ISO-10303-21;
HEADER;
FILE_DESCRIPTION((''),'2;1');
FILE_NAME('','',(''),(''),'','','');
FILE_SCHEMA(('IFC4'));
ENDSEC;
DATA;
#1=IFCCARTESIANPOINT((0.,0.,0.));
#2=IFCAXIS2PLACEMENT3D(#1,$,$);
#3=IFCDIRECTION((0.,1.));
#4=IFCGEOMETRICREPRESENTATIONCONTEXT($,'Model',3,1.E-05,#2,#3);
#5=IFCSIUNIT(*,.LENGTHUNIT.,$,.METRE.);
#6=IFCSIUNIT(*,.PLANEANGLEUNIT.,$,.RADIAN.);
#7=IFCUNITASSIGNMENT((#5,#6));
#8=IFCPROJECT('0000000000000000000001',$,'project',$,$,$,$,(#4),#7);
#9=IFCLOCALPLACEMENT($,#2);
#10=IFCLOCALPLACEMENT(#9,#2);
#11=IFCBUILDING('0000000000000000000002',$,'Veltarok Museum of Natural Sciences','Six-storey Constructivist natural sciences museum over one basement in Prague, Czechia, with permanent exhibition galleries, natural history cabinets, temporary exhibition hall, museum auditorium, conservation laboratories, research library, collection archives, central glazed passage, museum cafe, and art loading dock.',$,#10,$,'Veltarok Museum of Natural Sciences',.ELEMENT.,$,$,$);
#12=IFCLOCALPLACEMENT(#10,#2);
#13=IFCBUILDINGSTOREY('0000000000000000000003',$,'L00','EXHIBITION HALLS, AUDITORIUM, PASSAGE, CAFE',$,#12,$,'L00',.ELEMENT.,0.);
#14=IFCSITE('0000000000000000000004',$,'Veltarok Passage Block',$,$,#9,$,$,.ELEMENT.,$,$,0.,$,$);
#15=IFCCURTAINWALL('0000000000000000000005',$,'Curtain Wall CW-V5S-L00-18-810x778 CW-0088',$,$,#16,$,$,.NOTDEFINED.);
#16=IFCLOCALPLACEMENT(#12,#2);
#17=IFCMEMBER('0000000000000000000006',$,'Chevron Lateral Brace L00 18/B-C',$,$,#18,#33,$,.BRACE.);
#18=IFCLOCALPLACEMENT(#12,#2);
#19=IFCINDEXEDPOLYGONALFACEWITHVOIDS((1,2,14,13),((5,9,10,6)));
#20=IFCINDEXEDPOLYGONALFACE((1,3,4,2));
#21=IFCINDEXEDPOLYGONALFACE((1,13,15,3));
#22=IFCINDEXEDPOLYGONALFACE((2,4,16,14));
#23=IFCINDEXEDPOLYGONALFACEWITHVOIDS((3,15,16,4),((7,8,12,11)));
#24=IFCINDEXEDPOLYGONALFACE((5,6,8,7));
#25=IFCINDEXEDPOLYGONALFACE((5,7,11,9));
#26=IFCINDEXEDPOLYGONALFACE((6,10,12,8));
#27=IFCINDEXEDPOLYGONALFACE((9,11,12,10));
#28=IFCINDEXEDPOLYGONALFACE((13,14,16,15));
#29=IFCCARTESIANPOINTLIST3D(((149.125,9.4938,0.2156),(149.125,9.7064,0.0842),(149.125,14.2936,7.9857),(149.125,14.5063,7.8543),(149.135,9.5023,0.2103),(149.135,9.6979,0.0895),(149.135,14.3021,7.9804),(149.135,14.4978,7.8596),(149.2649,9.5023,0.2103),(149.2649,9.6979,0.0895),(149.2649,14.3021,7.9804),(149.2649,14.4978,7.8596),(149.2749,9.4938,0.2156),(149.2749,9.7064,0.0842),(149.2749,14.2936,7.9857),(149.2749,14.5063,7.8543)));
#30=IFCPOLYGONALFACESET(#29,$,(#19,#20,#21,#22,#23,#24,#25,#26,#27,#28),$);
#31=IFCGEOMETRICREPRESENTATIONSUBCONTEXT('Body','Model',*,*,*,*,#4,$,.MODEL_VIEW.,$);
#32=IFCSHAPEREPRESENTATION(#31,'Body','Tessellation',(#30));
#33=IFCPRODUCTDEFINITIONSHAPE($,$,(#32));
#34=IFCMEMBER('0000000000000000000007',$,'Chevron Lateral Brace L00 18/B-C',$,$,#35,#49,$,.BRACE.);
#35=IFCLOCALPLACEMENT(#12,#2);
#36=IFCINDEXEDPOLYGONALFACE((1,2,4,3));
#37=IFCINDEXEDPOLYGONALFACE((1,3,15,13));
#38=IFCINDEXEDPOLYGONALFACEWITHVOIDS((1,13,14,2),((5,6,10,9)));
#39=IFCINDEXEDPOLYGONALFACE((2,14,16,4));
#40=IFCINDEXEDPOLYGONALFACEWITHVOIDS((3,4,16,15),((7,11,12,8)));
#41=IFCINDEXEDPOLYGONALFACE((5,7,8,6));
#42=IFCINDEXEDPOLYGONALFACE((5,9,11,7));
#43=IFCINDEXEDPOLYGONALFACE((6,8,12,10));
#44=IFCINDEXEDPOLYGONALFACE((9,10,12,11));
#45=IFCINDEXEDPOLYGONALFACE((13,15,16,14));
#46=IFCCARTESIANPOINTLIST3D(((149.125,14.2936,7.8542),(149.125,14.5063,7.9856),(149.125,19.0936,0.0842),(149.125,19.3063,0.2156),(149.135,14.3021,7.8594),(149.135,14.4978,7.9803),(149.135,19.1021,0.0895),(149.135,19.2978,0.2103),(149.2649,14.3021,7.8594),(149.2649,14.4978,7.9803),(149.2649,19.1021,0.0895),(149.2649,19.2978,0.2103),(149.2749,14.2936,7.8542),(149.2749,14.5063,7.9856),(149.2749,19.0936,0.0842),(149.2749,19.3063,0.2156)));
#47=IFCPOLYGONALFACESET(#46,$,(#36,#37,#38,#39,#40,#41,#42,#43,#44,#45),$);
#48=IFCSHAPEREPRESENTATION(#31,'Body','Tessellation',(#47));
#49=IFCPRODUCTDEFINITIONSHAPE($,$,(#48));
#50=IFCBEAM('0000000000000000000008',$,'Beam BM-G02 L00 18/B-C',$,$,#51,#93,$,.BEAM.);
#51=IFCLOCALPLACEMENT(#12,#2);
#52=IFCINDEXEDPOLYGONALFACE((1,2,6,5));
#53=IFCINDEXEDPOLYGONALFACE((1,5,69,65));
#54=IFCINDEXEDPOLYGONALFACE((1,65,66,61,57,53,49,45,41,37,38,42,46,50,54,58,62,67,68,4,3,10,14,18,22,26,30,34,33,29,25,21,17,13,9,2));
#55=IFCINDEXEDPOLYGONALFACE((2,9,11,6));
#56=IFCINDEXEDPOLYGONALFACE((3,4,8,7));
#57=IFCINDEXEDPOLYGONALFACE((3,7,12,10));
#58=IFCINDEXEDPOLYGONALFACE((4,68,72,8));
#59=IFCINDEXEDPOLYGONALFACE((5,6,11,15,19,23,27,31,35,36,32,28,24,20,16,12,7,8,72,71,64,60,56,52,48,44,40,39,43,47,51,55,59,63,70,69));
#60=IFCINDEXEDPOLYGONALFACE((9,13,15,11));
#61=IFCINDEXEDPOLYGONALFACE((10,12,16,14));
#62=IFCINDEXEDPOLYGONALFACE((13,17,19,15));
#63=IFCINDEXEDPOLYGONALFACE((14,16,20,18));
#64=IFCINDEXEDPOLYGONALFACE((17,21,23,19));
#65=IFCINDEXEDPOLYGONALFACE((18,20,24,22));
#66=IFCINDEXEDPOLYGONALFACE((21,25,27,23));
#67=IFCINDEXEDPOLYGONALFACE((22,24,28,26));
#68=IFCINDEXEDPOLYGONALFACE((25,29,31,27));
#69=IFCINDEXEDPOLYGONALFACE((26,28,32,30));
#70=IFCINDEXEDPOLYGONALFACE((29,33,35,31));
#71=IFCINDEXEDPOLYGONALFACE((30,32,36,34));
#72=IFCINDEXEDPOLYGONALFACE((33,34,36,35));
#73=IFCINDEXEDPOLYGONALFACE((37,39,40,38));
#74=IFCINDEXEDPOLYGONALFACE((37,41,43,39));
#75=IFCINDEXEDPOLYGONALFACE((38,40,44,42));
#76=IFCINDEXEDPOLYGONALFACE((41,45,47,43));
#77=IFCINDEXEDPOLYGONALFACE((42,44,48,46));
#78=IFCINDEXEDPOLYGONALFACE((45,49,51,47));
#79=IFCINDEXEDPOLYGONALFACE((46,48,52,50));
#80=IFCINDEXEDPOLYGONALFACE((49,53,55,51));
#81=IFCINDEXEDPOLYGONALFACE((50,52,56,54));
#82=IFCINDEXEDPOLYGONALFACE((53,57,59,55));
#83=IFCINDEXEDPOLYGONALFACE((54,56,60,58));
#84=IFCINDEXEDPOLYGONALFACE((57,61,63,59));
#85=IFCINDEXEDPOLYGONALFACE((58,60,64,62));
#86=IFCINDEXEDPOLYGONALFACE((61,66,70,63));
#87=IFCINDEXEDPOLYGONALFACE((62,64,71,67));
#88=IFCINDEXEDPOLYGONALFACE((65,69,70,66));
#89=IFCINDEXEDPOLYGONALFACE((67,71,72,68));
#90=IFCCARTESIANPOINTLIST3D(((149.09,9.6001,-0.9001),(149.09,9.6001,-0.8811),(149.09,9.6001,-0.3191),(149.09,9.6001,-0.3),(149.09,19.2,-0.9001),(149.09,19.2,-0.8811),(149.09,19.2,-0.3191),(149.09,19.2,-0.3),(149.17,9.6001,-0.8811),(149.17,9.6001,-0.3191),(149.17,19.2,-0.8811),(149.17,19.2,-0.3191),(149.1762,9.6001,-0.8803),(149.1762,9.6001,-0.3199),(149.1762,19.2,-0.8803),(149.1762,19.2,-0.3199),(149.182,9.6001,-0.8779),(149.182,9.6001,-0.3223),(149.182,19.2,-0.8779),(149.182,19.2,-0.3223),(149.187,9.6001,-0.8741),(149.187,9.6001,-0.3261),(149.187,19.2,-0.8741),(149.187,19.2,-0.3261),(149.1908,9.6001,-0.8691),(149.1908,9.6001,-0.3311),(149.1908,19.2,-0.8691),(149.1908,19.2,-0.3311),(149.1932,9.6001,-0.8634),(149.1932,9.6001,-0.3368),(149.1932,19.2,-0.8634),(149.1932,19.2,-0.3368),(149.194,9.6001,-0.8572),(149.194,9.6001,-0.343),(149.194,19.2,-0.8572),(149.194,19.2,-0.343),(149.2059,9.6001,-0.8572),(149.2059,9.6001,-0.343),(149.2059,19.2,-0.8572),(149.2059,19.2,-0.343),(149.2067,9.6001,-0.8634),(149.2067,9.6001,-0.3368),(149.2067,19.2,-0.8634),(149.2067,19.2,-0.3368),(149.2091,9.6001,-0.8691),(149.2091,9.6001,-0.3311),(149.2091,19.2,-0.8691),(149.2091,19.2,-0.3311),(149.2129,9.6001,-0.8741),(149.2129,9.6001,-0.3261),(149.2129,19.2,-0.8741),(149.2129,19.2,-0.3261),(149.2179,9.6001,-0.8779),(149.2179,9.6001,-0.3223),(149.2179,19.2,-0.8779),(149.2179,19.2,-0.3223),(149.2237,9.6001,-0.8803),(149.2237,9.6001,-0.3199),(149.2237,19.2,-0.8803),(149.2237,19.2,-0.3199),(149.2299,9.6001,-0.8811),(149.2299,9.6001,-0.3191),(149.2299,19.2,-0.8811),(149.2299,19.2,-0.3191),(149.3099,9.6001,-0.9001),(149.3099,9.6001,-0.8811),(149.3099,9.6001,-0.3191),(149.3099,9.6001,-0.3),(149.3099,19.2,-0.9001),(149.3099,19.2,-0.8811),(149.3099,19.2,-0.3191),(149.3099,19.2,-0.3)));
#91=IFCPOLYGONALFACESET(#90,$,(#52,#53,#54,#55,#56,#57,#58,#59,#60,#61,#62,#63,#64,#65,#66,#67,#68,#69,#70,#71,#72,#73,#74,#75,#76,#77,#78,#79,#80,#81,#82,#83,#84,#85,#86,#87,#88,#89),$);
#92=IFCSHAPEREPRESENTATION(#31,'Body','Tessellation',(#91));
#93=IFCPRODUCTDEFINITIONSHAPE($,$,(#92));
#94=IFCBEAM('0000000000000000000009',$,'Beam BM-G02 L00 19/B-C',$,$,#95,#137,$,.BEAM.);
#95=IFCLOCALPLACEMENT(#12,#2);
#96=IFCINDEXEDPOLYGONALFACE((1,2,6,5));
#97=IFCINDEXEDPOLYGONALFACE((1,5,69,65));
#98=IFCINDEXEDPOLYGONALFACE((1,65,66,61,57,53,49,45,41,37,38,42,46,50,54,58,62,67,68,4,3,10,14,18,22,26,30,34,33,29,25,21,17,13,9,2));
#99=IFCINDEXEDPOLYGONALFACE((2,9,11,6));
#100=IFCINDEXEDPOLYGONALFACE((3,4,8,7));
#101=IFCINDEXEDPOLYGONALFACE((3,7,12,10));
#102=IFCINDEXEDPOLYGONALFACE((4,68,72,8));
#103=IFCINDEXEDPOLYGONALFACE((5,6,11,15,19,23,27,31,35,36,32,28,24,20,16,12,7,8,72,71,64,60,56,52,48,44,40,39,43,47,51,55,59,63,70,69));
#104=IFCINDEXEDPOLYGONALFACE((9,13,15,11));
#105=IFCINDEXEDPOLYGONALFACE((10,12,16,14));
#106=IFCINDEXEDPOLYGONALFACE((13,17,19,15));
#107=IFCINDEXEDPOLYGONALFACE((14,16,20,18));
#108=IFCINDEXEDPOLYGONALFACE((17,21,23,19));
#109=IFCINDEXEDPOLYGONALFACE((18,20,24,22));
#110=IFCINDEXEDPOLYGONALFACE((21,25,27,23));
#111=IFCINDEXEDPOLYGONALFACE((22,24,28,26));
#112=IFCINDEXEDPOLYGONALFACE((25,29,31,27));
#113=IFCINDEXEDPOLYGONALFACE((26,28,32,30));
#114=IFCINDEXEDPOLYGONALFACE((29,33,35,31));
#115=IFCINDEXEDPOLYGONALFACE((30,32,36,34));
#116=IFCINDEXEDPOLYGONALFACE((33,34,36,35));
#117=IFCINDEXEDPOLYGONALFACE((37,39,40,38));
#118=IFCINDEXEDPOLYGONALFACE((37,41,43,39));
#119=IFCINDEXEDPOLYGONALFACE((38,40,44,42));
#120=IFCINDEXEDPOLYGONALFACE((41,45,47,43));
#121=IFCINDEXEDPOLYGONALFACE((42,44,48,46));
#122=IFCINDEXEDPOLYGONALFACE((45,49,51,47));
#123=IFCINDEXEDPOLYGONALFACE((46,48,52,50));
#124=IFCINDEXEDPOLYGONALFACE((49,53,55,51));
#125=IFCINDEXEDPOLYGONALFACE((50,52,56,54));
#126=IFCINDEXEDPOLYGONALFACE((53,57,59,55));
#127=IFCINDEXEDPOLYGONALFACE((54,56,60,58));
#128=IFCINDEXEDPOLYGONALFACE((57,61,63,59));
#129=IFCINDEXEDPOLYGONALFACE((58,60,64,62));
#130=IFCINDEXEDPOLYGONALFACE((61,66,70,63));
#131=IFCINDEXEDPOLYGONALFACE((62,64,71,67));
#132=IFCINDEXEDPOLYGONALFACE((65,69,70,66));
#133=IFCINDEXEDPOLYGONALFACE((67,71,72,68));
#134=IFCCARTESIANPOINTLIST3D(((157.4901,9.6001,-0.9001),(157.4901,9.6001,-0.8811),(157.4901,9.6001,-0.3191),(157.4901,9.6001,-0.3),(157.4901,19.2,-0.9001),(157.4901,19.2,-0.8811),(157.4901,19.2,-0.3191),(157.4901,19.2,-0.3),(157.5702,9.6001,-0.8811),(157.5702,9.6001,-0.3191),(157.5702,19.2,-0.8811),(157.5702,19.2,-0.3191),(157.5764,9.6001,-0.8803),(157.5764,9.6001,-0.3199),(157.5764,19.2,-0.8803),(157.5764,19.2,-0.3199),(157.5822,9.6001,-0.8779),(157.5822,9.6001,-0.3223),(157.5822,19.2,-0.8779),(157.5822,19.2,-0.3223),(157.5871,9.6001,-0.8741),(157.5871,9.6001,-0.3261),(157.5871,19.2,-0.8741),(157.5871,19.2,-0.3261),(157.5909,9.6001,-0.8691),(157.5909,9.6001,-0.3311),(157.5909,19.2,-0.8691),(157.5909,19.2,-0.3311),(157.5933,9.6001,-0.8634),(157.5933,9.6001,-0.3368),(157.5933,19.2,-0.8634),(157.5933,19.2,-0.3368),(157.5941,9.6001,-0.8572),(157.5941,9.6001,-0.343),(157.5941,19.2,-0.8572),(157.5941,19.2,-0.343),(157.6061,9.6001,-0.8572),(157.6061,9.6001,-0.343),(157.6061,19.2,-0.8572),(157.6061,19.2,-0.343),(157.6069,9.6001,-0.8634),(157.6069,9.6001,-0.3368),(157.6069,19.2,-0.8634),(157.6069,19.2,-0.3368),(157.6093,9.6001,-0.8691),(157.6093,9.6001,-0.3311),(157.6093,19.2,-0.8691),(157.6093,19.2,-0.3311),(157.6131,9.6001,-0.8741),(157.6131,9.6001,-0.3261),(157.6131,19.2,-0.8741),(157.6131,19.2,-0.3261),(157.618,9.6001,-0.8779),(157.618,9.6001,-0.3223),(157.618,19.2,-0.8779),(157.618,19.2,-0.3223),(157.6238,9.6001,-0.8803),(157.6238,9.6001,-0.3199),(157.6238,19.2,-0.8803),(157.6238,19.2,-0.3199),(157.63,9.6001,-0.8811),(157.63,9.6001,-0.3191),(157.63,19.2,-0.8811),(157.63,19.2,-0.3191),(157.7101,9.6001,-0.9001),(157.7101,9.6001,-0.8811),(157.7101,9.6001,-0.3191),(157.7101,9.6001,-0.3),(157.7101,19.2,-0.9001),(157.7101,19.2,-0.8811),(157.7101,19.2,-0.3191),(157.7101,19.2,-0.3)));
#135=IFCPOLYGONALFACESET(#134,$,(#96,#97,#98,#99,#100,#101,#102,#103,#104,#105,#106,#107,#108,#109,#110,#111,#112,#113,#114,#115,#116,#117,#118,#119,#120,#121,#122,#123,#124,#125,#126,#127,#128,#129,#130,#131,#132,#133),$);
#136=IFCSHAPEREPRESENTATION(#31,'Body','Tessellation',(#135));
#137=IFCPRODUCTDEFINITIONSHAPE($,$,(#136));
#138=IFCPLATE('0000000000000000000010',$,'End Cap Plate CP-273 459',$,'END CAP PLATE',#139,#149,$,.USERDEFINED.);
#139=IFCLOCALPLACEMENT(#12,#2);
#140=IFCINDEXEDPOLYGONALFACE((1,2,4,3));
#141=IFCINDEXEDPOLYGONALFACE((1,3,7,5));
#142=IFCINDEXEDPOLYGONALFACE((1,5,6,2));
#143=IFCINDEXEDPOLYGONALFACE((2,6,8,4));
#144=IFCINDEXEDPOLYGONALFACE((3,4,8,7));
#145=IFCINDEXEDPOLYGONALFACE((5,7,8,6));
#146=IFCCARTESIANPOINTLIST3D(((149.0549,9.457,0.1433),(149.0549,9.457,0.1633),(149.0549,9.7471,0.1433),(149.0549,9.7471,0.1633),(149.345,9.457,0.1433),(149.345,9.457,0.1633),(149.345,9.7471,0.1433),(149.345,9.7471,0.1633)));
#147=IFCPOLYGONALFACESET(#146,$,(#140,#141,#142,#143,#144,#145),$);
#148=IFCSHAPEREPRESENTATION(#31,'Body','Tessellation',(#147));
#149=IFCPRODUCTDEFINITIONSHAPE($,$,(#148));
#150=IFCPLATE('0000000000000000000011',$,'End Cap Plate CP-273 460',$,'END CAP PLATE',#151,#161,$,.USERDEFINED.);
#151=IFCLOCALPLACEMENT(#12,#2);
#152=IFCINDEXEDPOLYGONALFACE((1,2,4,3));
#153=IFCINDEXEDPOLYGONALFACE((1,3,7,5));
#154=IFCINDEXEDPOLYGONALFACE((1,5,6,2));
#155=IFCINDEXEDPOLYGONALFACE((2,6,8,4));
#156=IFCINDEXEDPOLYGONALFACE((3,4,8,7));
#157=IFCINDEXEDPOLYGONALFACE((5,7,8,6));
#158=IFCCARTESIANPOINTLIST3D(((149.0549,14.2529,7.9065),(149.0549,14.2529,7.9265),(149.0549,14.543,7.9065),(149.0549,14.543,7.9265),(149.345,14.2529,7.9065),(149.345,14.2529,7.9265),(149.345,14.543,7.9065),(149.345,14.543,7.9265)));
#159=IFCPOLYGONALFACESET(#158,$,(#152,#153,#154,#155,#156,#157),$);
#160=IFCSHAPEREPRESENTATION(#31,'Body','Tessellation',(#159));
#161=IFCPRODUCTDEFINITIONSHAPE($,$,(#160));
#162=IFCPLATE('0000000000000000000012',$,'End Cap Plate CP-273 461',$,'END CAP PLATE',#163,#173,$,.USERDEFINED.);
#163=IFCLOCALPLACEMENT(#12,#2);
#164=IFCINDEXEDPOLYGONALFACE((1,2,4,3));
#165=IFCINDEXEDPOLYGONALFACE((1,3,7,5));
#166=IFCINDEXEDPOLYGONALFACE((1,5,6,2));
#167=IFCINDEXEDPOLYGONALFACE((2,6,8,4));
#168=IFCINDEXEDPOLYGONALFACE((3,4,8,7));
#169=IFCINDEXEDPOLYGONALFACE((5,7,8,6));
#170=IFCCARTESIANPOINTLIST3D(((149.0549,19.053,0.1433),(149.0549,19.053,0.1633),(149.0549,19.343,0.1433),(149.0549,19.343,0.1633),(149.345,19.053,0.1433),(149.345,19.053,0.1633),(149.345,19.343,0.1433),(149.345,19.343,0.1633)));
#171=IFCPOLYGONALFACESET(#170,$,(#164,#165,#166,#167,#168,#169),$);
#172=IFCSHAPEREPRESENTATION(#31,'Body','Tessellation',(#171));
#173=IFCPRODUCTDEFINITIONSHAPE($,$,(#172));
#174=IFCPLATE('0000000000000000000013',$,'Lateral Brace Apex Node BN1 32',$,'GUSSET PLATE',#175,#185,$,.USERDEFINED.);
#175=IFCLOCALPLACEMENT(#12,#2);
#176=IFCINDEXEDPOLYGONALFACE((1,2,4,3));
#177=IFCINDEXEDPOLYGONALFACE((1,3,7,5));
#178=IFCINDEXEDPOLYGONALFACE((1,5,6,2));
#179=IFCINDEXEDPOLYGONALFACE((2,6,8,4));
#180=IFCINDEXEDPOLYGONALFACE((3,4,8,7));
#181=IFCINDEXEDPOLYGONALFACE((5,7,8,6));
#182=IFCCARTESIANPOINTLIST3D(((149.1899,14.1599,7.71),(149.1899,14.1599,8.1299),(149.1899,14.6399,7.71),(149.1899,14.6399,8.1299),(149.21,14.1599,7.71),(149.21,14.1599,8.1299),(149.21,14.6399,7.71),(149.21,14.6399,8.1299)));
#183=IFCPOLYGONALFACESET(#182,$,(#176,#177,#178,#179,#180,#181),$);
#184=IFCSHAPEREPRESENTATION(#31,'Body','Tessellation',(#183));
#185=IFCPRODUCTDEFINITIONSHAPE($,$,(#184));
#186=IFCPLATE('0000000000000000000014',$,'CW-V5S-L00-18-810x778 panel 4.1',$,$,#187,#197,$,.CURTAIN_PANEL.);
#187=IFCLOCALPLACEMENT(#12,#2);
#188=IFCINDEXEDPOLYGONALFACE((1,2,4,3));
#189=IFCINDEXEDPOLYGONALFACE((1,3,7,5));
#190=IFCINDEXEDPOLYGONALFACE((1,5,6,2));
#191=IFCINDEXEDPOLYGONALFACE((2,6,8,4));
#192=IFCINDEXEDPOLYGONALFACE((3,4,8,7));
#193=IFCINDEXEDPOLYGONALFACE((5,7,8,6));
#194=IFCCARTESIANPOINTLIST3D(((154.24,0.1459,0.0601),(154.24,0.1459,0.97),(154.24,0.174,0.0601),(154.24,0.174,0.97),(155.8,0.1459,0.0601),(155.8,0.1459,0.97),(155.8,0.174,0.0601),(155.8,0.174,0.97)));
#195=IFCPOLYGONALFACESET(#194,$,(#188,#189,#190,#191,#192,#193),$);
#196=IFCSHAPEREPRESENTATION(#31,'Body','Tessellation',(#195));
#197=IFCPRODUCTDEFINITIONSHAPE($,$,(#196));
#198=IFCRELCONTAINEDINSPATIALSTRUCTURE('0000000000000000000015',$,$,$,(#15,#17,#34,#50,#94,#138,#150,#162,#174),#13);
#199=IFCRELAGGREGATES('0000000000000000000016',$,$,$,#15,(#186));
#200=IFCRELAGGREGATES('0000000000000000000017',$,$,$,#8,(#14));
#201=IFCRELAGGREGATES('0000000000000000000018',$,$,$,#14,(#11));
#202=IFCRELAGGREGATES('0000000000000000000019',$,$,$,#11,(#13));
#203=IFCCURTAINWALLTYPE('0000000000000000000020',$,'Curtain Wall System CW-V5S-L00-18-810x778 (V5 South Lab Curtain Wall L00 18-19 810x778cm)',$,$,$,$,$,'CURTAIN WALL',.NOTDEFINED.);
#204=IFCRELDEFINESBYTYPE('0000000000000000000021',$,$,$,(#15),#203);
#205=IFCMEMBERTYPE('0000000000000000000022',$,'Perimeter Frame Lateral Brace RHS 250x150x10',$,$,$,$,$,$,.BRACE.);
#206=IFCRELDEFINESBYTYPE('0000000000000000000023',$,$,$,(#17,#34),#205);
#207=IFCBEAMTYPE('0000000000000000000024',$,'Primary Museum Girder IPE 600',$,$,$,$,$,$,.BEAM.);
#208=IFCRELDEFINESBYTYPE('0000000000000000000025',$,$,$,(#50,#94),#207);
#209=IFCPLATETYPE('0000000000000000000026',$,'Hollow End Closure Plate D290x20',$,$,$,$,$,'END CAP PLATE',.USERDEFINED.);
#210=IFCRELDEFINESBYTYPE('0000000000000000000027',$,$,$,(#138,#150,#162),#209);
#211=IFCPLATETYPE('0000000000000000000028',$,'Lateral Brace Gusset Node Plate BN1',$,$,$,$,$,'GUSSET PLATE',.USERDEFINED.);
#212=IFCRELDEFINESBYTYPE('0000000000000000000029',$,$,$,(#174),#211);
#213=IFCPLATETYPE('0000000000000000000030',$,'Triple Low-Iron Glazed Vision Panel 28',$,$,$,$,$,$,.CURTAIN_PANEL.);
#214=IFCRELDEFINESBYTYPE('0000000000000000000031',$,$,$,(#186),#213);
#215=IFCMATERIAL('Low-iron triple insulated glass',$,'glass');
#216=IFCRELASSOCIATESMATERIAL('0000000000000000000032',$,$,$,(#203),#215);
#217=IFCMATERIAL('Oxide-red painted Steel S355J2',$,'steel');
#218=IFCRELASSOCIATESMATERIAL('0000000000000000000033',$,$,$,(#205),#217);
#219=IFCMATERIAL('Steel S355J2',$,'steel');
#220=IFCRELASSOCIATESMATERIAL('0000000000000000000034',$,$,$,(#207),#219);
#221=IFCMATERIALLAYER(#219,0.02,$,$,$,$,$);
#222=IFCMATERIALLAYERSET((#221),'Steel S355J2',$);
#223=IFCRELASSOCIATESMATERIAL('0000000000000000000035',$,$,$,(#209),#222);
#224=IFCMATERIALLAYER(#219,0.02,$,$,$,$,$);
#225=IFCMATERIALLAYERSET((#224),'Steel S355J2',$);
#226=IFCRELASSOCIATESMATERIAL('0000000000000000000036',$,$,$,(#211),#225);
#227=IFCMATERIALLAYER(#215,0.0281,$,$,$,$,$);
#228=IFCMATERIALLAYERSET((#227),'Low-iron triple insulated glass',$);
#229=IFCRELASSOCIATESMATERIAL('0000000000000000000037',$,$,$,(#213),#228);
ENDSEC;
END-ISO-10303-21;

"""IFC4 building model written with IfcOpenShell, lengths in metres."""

from ifc_helpers import new_model, si_unit, direction, frame, origin, origin_2d, place, context, subcontext, project, spatial, rectangle, hollow_rectangle, i_section, extrude, material, layer, layer_set, material_profile, profile_set, type_object, element, aggregate, save


model = new_model("IFC4")

# Units and contexts
model_context = context("Model", 3, precision=1e-05, world=origin(), true_north=direction((0.0, 1.0)))
body_context = subcontext(model_context, "Body", "Model", "MODEL_VIEW")
ifc_project = project(units=[si_unit("LENGTHUNIT", "METRE"), si_unit("PLANEANGLEUNIT", "RADIAN")], contexts=[model_context])

# Site, building, storey
site_placement = place(None, origin())
site = spatial("IfcSite", under=ifc_project, at=site_placement, Name="Veltarok Passage Block", CompositionType="ELEMENT", RefElevation=0.0)
building_placement = place(site_placement, origin())
building = spatial("IfcBuilding", under=site, at=building_placement, Name="Veltarok Museum of Natural Sciences", Description="Six-storey Constructivist natural sciences museum over one basement in Prague, Czechia, with permanent exhibition galleries, natural history cabinets, temporary exhibition hall, museum auditorium, conservation laboratories, research library, collection archives, central glazed passage, museum cafe, and art loading dock.", LongName="Veltarok Museum of Natural Sciences", CompositionType="ELEMENT")
storey_placement = place(building_placement, origin())
storey = spatial("IfcBuildingStorey", under=building, at=storey_placement, Name="L00", Description="EXHIBITION HALLS, AUDITORIUM, PASSAGE, CAFE", LongName="L00", CompositionType="ELEMENT", Elevation=0.0)

# Shared definitions
ifc_material_1 = material(Name="Steel S355J2", Category="steel")

# Curtain wall
ifc_material_2 = material(Name="Low-iron triple insulated glass", Category="glass")
curtain_wall_type = type_object("IfcCurtainWallType", Name="Curtain Wall System CW-V5S-L00-18-810x778 (V5 South Lab Curtain Wall L00 18-19 810x778cm)", ElementType="CURTAIN WALL", PredefinedType="NOTDEFINED", material=ifc_material_2)
curtain_wall_placement = place(storey_placement, origin())
curtain_wall = element("IfcCurtainWall", 1, at=curtain_wall_placement, inside=storey, type_object=curtain_wall_type, Name="Curtain Wall CW-V5S-L00-18-810x778 CW-0088", PredefinedType="NOTDEFINED")

# Members
ifc_material_3 = material(Name="Oxide-red painted Steel S355J2", Category="steel")
ifc_material_profile_1 = material_profile(ifc_material_3, hollow_rectangle(XDim=0.1499, YDim=0.25, WallThickness=0.01, at=origin_2d()), Name="RHS 250x150x10")
ifc_profile_set_1 = profile_set([ifc_material_profile_1], Name="Oxide-red painted Steel S355J2")
member_type_1 = type_object("IfcMemberType", Name="Perimeter Frame Lateral Brace RHS 250x150x10", PredefinedType="BRACE", material=ifc_profile_set_1)
for number, where, z_axis, x_axis, name in (
    (2, (149.2, 9.6001, 0.1499), (0.0, 0.525546, 0.850765), (-1.0, 0.0, 0.0), "Chevron Lateral Brace L00 18/B-C"),
    (3, (149.2, 19.2, 0.1499), (0.0, -0.525566, 0.850753), (1.0, 0.0, 0.0), "Chevron Lateral Brace L00 18/B-C"),
):
    element("IfcMember", number, at=place(storey_placement, frame(where, z_axis=z_axis, x_axis=x_axis)), inside=storey, type_object=member_type_1, Name=name, PredefinedType="BRACE", context=body_context, shape_type="SweptSolid", body=[
        extrude(hollow_rectangle(XDim=0.1499, YDim=0.25, WallThickness=0.01, at=origin_2d()), origin(), (0.0, 0.0, 1.0), 9.1331),
    ])

# Beams
ifc_material_profile_2 = material_profile(ifc_material_1, i_section(OverallWidth=0.22, OverallDepth=0.6001, WebThickness=0.012, FlangeThickness=0.019, FilletRadius=0.0239, at=origin_2d()), Name="IPE 600")
ifc_profile_set_2 = profile_set([ifc_material_profile_2], Name="Steel S355J2")
beam_type_1 = type_object("IfcBeamType", Name="Primary Museum Girder IPE 600", PredefinedType="BEAM", material=ifc_profile_set_2)
for number, where, z_axis, x_axis, name in (
    (4, (149.2, 9.6001, -0.6001), (0.0, 1.0, 0.0), (-1.0, 0.0, 0.0), "Beam BM-G02 L00 18/B-C"),
    (5, (157.6001, 9.6001, -0.6001), (0.0, 1.0, 0.0), (-1.0, 0.0, 0.0), "Beam BM-G02 L00 19/B-C"),
):
    element("IfcBeam", number, at=place(storey_placement, frame(where, z_axis=z_axis, x_axis=x_axis)), inside=storey, type_object=beam_type_1, Name=name, PredefinedType="BEAM", context=body_context, shape_type="SweptSolid", body=[
        extrude(i_section(OverallWidth=0.22, OverallDepth=0.6001, WebThickness=0.012, FlangeThickness=0.019, FilletRadius=0.0239, at=origin_2d()), origin(), (0.0, 0.0, 1.0), 9.5999),
    ])

# Plates
ifc_layer_1 = layer(ifc_material_1, 0.02)
ifc_layer_set_1 = layer_set([ifc_layer_1], Name="Steel S355J2")
plate_type_1 = type_object("IfcPlateType", Name="Hollow End Closure Plate D290x20", ElementType="END CAP PLATE", PredefinedType="USERDEFINED", material=ifc_layer_set_1)
for number, where, z_axis, x_axis, name in (
    (6, (149.2, 9.6021, 0.1433), (0.0, 0.0, 1.0), (0.0, 1.0, 0.0), "End Cap Plate CP-273 459"),
    (7, (149.2, 14.3979, 7.9065), (0.0, 0.0, 1.0), (0.0, 1.0, 0.0), "End Cap Plate CP-273 460"),
    (8, (149.2, 19.198, 0.1433), (0.0, 0.0, 1.0), (0.0, 1.0, 0.0), "End Cap Plate CP-273 461"),
):
    element("IfcPlate", number, at=place(storey_placement, frame(where, z_axis=z_axis, x_axis=x_axis)), inside=storey, type_object=plate_type_1, Name=name, ObjectType="END CAP PLATE", PredefinedType="USERDEFINED", context=body_context, shape_type="SweptSolid", body=[
        extrude(rectangle(XDim=0.29, YDim=0.29, at=origin_2d()), origin(), (0.0, 0.0, 1.0), 0.02),
    ])
ifc_layer_2 = layer(ifc_material_1, 0.02)
ifc_layer_set_2 = layer_set([ifc_layer_2], Name="Steel S355J2")
plate_type_2 = type_object("IfcPlateType", Name="Lateral Brace Gusset Node Plate BN1", ElementType="GUSSET PLATE", PredefinedType="USERDEFINED", material=ifc_layer_set_2)
plate_1_placement = place(storey_placement, frame((149.2, 14.3999, 7.71), z_axis=(0.0, 0.0, 1.0), x_axis=(1.0, 0.0, 0.0)))
element("IfcPlate", 9, at=plate_1_placement, inside=storey, type_object=plate_type_2, Name="Lateral Brace Apex Node BN1 32", ObjectType="GUSSET PLATE", PredefinedType="USERDEFINED", context=body_context, shape_type="SweptSolid", body=[
    extrude(rectangle(XDim=0.02, YDim=0.48, at=origin_2d()), origin(), (0.0, 0.0, 1.0), 0.4199),
])

# Plate
ifc_layer_3 = layer(ifc_material_2, 0.0281)
ifc_layer_set_3 = layer_set([ifc_layer_3], Name="Low-iron triple insulated glass")
plate_type_3 = type_object("IfcPlateType", Name="Triple Low-Iron Glazed Vision Panel 28", PredefinedType="CURTAIN_PANEL", material=ifc_layer_set_3)
plate_2_placement = place(storey_placement, frame((155.02, 0.1599, 0.0601), z_axis=(0.0, 0.0, 1.0), x_axis=(1.0, 0.0, 0.0)))
plate_2 = element("IfcPlate", 10, at=plate_2_placement, type_object=plate_type_3, Name="CW-V5S-L00-18-810x778 panel 4.1", PredefinedType="CURTAIN_PANEL", context=body_context, shape_type="SweptSolid", body=[
    extrude(rectangle(XDim=1.5601, YDim=0.0281, at=origin_2d()), origin(), (0.0, 0.0, 1.0), 0.9099),
])
aggregate(curtain_wall, [plate_2])

save(model, "model.ifc")
